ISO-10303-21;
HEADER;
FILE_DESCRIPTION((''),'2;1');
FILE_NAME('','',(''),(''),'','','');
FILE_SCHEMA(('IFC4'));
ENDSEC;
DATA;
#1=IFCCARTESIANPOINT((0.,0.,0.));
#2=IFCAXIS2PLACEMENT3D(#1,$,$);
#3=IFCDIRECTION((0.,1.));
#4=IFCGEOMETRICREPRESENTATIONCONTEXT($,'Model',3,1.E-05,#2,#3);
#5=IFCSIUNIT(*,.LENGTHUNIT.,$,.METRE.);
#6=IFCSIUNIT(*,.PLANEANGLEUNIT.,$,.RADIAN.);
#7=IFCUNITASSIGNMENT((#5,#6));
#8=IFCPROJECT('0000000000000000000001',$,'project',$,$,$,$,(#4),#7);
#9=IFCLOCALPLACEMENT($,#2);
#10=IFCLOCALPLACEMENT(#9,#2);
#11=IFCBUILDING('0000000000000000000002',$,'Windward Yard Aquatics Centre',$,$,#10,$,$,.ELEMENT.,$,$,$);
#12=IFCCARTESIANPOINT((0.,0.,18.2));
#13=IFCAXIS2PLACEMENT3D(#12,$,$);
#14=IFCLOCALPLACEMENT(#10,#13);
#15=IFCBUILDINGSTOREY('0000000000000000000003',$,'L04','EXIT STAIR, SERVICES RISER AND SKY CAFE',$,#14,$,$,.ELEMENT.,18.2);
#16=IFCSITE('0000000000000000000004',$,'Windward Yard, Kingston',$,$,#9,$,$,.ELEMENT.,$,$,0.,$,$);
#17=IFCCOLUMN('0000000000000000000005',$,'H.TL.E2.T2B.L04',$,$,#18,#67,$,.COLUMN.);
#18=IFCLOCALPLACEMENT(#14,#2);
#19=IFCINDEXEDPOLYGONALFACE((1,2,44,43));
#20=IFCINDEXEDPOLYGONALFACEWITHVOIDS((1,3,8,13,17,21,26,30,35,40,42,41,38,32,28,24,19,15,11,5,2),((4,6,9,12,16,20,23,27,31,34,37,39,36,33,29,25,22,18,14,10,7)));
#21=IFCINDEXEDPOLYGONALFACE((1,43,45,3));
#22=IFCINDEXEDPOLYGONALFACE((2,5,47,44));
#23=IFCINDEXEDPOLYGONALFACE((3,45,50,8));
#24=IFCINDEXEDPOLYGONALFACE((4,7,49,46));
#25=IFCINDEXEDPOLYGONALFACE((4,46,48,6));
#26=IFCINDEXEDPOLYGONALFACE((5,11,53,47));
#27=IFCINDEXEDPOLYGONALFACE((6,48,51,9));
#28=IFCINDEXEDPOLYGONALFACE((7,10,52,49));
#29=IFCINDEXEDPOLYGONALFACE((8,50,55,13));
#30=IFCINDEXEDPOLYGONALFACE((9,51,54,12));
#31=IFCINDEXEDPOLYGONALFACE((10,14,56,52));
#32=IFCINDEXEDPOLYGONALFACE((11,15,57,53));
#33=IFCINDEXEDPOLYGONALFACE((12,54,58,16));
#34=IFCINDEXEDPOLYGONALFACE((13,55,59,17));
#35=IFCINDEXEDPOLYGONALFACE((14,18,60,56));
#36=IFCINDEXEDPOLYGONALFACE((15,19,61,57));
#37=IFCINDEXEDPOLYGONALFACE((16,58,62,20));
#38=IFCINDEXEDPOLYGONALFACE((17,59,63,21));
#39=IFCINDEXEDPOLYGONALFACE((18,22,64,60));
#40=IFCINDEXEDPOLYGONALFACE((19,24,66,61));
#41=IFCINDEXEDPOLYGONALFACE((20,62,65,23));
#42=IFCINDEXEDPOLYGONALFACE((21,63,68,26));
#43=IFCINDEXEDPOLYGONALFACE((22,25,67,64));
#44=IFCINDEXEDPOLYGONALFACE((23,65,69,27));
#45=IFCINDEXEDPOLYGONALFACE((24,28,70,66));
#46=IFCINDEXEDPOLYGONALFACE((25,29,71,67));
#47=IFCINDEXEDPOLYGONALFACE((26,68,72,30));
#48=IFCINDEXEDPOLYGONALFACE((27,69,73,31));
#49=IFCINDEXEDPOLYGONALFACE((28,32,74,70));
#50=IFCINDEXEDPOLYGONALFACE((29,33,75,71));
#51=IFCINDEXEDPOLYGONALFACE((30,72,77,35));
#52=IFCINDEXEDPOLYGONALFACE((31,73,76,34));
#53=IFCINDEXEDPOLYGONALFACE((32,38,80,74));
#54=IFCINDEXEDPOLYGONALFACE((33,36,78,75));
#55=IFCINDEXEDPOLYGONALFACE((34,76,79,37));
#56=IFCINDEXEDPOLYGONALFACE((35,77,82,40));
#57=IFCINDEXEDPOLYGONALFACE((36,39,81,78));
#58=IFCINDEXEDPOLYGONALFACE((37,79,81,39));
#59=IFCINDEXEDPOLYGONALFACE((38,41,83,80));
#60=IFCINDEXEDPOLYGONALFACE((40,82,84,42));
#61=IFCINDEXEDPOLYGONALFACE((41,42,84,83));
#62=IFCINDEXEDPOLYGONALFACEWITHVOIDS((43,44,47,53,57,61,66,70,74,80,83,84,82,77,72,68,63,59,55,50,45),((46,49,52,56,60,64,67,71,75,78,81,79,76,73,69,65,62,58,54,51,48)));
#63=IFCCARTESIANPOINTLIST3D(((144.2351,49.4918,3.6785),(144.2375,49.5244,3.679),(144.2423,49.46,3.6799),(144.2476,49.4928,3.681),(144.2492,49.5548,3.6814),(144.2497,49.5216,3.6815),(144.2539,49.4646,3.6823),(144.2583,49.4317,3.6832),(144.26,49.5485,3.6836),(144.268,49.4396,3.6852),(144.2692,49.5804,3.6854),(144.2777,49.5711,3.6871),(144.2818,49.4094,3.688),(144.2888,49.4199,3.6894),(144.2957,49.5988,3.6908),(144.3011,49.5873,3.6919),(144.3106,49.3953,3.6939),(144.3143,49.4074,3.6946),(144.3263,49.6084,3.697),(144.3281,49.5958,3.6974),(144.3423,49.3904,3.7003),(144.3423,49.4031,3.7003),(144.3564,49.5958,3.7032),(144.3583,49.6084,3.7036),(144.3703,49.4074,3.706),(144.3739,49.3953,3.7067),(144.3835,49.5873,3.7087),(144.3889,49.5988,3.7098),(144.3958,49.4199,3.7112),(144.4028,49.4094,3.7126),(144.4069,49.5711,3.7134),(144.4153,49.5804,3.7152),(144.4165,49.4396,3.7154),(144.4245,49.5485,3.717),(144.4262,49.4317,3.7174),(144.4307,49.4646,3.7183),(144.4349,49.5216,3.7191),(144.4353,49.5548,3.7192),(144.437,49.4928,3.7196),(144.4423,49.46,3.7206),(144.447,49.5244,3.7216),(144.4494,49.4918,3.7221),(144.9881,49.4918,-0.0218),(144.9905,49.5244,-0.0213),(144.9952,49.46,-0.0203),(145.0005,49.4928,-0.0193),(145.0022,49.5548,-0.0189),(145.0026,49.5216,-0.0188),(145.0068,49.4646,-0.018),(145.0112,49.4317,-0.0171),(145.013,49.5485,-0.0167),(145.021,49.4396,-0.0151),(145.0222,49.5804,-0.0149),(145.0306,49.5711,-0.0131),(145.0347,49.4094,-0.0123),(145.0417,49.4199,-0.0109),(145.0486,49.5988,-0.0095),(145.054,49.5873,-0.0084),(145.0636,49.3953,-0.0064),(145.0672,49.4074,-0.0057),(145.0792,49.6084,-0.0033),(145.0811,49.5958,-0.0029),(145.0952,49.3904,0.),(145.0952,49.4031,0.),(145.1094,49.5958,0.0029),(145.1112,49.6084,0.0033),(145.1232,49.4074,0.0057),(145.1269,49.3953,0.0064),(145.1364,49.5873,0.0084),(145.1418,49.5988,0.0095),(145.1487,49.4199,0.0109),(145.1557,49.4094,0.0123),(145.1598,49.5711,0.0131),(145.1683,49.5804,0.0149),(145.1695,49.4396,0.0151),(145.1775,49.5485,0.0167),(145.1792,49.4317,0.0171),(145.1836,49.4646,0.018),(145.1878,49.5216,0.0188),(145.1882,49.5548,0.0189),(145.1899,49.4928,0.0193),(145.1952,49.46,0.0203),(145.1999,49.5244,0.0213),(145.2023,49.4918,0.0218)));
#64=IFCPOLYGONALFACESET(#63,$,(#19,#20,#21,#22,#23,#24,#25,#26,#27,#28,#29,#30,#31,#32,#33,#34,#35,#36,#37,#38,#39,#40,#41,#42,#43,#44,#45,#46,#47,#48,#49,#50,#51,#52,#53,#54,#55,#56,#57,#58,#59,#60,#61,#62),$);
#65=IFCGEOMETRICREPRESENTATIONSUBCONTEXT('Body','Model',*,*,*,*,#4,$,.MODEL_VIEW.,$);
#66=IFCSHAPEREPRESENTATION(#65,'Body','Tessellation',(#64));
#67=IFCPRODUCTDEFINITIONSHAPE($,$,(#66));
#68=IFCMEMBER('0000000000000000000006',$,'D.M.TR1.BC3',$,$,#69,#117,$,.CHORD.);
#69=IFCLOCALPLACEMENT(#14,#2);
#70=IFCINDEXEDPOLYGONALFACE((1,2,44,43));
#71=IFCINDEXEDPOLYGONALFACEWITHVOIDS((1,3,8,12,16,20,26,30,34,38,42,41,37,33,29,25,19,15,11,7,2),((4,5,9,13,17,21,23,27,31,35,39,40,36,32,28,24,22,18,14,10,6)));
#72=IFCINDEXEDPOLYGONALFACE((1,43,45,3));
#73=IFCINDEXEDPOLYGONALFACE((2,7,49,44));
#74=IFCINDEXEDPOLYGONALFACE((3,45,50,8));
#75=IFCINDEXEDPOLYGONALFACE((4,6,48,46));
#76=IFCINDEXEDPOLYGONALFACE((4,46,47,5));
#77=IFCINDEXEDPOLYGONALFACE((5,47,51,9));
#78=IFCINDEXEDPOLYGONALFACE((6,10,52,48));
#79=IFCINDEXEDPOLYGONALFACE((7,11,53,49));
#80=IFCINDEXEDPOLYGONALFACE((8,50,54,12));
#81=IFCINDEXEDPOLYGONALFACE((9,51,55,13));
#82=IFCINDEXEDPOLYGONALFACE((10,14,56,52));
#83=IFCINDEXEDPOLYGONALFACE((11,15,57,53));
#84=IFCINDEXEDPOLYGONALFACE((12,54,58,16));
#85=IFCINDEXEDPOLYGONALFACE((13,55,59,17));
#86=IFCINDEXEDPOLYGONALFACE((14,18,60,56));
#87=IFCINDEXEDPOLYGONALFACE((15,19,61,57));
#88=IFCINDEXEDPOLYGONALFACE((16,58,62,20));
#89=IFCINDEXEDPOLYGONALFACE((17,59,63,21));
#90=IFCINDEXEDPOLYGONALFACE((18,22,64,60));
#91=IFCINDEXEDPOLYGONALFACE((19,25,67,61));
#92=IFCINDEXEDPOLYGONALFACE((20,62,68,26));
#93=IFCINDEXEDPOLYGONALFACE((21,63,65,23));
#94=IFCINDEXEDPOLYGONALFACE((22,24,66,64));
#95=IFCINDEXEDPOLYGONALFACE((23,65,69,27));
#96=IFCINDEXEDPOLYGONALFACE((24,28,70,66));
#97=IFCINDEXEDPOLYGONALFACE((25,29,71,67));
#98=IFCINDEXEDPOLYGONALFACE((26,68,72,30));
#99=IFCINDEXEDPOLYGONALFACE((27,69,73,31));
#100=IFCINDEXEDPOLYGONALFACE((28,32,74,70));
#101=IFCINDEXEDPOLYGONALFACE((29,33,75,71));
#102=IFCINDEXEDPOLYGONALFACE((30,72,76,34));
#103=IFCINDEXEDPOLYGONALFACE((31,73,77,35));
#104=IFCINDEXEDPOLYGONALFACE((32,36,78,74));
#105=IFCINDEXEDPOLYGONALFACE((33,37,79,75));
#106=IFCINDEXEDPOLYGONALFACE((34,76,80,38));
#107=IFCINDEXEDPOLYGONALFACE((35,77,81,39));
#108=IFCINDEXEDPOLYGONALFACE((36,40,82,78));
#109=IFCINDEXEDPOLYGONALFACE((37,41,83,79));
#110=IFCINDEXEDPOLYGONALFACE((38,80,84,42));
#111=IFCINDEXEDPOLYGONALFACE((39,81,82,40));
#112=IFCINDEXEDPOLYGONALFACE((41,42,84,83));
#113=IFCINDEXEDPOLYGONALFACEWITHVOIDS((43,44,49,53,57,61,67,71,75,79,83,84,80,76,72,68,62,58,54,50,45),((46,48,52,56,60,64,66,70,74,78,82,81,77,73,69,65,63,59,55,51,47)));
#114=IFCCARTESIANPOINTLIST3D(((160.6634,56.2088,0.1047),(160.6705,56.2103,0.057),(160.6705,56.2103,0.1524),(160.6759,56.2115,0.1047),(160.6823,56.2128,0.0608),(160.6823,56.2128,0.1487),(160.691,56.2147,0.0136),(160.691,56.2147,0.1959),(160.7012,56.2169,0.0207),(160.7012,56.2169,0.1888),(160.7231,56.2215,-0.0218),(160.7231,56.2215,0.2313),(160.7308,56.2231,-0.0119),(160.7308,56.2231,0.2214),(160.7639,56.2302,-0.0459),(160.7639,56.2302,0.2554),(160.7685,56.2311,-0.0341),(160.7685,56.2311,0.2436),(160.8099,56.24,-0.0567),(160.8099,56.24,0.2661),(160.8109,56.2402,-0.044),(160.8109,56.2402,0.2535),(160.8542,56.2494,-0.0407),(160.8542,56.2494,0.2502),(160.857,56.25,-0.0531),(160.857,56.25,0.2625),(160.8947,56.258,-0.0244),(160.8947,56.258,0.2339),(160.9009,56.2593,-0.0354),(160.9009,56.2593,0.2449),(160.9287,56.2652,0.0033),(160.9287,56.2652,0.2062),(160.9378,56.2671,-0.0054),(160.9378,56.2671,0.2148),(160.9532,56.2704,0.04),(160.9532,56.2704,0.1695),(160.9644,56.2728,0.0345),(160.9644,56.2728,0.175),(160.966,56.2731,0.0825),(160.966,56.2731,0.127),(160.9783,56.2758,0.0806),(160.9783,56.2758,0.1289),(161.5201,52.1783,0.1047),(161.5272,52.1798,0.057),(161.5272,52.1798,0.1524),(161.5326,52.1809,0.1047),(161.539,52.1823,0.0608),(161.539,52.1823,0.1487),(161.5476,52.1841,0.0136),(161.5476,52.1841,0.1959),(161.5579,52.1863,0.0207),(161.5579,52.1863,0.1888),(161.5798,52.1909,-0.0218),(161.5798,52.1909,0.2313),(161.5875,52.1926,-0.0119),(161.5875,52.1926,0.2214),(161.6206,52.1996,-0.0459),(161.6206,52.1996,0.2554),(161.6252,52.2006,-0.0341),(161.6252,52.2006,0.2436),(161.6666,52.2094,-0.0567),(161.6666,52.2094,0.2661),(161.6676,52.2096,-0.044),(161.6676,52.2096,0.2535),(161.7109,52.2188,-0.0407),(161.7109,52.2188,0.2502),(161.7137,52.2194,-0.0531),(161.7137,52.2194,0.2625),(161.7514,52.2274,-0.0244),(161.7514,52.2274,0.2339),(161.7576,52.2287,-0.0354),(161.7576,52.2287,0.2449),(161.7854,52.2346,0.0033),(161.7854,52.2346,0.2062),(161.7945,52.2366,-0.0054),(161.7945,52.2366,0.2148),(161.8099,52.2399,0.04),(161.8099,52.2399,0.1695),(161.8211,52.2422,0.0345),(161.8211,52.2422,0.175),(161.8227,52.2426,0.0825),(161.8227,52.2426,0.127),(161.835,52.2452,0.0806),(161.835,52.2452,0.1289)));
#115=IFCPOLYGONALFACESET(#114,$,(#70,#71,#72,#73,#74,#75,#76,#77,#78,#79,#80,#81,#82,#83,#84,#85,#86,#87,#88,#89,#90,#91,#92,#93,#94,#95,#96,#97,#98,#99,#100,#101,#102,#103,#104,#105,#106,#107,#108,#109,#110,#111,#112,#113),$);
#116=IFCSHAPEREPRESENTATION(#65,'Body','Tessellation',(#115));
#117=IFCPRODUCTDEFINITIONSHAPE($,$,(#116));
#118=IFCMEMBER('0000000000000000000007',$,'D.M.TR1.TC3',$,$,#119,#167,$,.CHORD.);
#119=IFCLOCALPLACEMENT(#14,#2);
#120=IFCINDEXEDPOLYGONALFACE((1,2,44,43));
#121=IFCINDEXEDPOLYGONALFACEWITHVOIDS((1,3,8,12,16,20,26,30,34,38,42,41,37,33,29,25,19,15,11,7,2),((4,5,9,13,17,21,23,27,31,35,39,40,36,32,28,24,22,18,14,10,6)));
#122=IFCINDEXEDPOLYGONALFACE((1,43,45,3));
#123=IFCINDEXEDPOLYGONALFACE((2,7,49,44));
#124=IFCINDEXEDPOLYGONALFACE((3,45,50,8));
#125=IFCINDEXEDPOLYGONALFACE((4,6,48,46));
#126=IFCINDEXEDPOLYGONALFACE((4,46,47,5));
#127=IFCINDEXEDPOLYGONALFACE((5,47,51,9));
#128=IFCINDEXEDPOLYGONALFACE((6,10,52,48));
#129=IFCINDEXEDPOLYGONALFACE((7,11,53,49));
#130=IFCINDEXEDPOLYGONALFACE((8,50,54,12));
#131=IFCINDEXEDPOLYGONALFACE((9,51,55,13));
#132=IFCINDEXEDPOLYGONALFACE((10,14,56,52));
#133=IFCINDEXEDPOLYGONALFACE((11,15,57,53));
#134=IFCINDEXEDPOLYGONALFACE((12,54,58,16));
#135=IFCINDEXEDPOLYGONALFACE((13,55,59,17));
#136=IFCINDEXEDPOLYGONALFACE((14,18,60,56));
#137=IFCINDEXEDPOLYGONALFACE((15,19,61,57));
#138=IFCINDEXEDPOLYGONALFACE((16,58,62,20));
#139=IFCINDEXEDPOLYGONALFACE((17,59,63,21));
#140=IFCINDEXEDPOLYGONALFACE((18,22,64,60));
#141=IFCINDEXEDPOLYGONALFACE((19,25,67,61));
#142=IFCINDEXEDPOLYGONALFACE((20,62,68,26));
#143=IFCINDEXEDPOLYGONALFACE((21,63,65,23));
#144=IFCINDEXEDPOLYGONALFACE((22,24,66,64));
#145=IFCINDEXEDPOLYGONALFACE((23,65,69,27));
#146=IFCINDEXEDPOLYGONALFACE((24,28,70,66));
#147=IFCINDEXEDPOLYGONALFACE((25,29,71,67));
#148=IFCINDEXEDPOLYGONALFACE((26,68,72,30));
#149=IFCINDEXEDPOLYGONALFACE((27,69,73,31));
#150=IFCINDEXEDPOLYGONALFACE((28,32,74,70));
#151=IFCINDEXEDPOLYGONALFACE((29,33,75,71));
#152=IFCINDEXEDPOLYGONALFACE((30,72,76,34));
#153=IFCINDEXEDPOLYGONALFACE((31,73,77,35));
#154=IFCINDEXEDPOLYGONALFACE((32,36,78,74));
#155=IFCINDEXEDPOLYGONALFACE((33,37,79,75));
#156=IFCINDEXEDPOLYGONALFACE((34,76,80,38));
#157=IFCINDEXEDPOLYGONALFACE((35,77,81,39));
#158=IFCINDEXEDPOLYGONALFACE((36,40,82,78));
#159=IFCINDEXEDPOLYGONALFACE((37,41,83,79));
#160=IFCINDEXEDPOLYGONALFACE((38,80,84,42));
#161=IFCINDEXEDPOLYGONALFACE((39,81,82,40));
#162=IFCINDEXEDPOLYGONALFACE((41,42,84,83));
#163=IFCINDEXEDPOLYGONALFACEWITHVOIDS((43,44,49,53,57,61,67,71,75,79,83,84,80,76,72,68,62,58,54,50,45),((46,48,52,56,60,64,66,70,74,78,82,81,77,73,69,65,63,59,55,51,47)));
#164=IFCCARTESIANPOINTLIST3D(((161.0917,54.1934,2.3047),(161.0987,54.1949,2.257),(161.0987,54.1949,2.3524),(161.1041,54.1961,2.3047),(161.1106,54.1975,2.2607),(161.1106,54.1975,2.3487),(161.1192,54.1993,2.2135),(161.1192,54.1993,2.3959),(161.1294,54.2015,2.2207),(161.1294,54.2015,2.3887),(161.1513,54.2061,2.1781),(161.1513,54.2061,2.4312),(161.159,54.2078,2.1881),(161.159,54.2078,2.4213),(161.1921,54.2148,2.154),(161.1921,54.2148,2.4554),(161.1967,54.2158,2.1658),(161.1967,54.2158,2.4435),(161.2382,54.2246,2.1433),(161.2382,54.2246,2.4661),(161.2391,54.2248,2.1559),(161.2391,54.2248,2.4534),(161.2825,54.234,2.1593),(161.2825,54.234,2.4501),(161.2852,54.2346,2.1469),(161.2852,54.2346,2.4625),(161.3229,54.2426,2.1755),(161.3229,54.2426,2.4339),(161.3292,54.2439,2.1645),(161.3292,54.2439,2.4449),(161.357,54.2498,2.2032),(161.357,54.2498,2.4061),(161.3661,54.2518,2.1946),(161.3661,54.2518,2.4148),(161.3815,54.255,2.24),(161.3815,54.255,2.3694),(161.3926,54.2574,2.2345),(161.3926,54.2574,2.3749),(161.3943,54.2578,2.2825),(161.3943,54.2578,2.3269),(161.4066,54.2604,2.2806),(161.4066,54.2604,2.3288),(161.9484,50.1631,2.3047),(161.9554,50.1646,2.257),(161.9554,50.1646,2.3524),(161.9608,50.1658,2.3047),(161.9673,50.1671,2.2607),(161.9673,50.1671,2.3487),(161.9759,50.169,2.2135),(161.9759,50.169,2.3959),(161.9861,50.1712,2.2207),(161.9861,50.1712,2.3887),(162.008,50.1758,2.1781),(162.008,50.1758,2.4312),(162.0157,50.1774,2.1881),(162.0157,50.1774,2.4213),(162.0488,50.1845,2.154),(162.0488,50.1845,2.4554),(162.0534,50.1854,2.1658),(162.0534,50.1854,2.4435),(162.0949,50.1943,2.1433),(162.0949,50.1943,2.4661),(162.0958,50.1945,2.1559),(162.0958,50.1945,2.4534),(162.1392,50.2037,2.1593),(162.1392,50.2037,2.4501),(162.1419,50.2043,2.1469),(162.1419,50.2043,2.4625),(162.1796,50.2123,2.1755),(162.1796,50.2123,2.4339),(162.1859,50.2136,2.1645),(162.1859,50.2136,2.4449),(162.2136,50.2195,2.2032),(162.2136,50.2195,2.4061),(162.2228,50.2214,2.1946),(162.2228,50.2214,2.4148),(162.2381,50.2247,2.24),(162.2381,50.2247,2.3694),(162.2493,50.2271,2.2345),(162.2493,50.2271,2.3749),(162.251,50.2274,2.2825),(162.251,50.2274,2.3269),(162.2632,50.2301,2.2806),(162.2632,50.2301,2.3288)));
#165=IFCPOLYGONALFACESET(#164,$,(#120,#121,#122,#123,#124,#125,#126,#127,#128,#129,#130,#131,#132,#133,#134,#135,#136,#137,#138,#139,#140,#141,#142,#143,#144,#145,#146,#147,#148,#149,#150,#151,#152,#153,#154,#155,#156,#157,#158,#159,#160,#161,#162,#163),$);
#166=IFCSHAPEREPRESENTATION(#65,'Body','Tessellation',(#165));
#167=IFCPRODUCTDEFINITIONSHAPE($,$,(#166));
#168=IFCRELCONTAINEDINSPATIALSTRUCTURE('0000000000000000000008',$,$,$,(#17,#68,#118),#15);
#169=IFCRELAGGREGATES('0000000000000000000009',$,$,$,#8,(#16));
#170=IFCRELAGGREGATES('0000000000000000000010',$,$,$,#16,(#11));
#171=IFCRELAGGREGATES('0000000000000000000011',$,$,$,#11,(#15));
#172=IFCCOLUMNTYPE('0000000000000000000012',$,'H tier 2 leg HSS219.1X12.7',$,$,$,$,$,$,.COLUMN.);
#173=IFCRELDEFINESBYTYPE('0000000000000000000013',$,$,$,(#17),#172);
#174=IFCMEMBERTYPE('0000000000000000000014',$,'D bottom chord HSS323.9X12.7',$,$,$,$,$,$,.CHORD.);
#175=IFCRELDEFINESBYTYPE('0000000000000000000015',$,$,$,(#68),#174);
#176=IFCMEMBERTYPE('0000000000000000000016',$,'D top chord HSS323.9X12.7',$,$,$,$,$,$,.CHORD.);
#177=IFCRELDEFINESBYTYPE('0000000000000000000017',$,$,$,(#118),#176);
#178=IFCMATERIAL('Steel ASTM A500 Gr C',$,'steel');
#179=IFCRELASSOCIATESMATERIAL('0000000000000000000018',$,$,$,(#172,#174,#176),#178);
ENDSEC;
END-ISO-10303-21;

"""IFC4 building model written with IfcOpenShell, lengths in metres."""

from ifc_helpers import new_model, si_unit, direction, frame, origin, origin_2d, place, context, subcontext, project, spatial, hollow_circle, extrude, material, material_profile, profile_set, type_object, element, save


model = new_model("IFC4")

# Units and contexts
model_context = context("Model", 3, precision=1e-05, world=origin(), true_north=direction((0.0, 1.0)))
body_context = subcontext(model_context, "Body", "Model", "MODEL_VIEW")
ifc_project = project(units=[si_unit("LENGTHUNIT", "METRE"), si_unit("PLANEANGLEUNIT", "RADIAN")], contexts=[model_context])

# Site, building, storey
site_placement = place(None, origin())
site = spatial("IfcSite", under=ifc_project, at=site_placement, Name="Windward Yard, Kingston", CompositionType="ELEMENT", RefElevation=0.0)
building_placement = place(site_placement, origin())
building = spatial("IfcBuilding", under=site, at=building_placement, Name="Windward Yard Aquatics Centre", CompositionType="ELEMENT")
storey_placement = place(building_placement, frame((0.0, 0.0, 18.2)))
storey = spatial("IfcBuildingStorey", under=building, at=storey_placement, Name="L04", Description="EXIT STAIR, SERVICES RISER AND SKY CAFE", CompositionType="ELEMENT", Elevation=18.2)

# Column
ifc_material_1 = material(Name="Steel ASTM A500 Gr C", Category="steel")
ifc_material_profile_1 = material_profile(ifc_material_1, hollow_circle(Radius=0.1096, WallThickness=0.0127, at=origin_2d()), Name="HSS219.1X12.7")
ifc_profile_set_1 = profile_set([ifc_material_profile_1], Name="Steel ASTM A500 Gr C")
column_type = type_object("IfcColumnType", Name="H tier 2 leg HSS219.1X12.7", PredefinedType="COLUMN", material=ifc_profile_set_1)
column_placement = place(storey_placement, frame((145.0952, 49.5, 0.0), z_axis=(-0.199398, 0.0, 0.979919), x_axis=(0.0, -1.0, 0.0)))
element("IfcColumn", 1, at=column_placement, inside=storey, type_object=column_type, Name="H.TL.E2.T2B.L04", PredefinedType="COLUMN", context=body_context, shape_type="SweptSolid", body=[
    extrude(hollow_circle(Radius=0.1096, WallThickness=0.0127, at=origin_2d()), origin(), (0.0, 0.0, 1.0), 3.7761),
])

# Members
ifc_material_profile_2 = material_profile(ifc_material_1, hollow_circle(Radius=0.1619, WallThickness=0.0127, at=origin_2d()), Name="HSS323.9X12.7")
ifc_profile_set_2 = profile_set([ifc_material_profile_2], Name="Steel ASTM A500 Gr C")
member_type_1 = type_object("IfcMemberType", Name="D bottom chord HSS323.9X12.7", PredefinedType="CHORD", material=ifc_profile_set_2)
member_1_placement = place(storey_placement, frame((161.6785, 52.2119, 0.1047), z_axis=(-0.207906, 0.978149, 0.0), x_axis=(-0.978149, -0.207906, 0.0)))
element("IfcMember", 2, at=member_1_placement, inside=storey, type_object=member_type_1, Name="D.M.TR1.BC3", PredefinedType="CHORD", context=body_context, shape_type="SweptSolid", body=[
    extrude(hollow_circle(Radius=0.1619, WallThickness=0.0127, at=origin_2d()), origin(), (0.0, 0.0, 1.0), 4.1206),
])
ifc_material_profile_3 = material_profile(ifc_material_1, hollow_circle(Radius=0.1619, WallThickness=0.0127, at=origin_2d()), Name="HSS323.9X12.7")
ifc_profile_set_3 = profile_set([ifc_material_profile_3], Name="Steel ASTM A500 Gr C")
member_type_2 = type_object("IfcMemberType", Name="D top chord HSS323.9X12.7", PredefinedType="CHORD", material=ifc_profile_set_3)
member_2_placement = place(storey_placement, frame((162.1067, 50.1968, 2.3047), z_axis=(-0.207918, 0.978146, 0.0), x_axis=(-0.978146, -0.207918, 0.0)))
element("IfcMember", 3, at=member_2_placement, inside=storey, type_object=member_type_2, Name="D.M.TR1.TC3", PredefinedType="CHORD", context=body_context, shape_type="SweptSolid", body=[
    extrude(hollow_circle(Radius=0.1619, WallThickness=0.0127, at=origin_2d()), origin(), (0.0, 0.0, 1.0), 4.1204),
])

save(model, "model.ifc")
